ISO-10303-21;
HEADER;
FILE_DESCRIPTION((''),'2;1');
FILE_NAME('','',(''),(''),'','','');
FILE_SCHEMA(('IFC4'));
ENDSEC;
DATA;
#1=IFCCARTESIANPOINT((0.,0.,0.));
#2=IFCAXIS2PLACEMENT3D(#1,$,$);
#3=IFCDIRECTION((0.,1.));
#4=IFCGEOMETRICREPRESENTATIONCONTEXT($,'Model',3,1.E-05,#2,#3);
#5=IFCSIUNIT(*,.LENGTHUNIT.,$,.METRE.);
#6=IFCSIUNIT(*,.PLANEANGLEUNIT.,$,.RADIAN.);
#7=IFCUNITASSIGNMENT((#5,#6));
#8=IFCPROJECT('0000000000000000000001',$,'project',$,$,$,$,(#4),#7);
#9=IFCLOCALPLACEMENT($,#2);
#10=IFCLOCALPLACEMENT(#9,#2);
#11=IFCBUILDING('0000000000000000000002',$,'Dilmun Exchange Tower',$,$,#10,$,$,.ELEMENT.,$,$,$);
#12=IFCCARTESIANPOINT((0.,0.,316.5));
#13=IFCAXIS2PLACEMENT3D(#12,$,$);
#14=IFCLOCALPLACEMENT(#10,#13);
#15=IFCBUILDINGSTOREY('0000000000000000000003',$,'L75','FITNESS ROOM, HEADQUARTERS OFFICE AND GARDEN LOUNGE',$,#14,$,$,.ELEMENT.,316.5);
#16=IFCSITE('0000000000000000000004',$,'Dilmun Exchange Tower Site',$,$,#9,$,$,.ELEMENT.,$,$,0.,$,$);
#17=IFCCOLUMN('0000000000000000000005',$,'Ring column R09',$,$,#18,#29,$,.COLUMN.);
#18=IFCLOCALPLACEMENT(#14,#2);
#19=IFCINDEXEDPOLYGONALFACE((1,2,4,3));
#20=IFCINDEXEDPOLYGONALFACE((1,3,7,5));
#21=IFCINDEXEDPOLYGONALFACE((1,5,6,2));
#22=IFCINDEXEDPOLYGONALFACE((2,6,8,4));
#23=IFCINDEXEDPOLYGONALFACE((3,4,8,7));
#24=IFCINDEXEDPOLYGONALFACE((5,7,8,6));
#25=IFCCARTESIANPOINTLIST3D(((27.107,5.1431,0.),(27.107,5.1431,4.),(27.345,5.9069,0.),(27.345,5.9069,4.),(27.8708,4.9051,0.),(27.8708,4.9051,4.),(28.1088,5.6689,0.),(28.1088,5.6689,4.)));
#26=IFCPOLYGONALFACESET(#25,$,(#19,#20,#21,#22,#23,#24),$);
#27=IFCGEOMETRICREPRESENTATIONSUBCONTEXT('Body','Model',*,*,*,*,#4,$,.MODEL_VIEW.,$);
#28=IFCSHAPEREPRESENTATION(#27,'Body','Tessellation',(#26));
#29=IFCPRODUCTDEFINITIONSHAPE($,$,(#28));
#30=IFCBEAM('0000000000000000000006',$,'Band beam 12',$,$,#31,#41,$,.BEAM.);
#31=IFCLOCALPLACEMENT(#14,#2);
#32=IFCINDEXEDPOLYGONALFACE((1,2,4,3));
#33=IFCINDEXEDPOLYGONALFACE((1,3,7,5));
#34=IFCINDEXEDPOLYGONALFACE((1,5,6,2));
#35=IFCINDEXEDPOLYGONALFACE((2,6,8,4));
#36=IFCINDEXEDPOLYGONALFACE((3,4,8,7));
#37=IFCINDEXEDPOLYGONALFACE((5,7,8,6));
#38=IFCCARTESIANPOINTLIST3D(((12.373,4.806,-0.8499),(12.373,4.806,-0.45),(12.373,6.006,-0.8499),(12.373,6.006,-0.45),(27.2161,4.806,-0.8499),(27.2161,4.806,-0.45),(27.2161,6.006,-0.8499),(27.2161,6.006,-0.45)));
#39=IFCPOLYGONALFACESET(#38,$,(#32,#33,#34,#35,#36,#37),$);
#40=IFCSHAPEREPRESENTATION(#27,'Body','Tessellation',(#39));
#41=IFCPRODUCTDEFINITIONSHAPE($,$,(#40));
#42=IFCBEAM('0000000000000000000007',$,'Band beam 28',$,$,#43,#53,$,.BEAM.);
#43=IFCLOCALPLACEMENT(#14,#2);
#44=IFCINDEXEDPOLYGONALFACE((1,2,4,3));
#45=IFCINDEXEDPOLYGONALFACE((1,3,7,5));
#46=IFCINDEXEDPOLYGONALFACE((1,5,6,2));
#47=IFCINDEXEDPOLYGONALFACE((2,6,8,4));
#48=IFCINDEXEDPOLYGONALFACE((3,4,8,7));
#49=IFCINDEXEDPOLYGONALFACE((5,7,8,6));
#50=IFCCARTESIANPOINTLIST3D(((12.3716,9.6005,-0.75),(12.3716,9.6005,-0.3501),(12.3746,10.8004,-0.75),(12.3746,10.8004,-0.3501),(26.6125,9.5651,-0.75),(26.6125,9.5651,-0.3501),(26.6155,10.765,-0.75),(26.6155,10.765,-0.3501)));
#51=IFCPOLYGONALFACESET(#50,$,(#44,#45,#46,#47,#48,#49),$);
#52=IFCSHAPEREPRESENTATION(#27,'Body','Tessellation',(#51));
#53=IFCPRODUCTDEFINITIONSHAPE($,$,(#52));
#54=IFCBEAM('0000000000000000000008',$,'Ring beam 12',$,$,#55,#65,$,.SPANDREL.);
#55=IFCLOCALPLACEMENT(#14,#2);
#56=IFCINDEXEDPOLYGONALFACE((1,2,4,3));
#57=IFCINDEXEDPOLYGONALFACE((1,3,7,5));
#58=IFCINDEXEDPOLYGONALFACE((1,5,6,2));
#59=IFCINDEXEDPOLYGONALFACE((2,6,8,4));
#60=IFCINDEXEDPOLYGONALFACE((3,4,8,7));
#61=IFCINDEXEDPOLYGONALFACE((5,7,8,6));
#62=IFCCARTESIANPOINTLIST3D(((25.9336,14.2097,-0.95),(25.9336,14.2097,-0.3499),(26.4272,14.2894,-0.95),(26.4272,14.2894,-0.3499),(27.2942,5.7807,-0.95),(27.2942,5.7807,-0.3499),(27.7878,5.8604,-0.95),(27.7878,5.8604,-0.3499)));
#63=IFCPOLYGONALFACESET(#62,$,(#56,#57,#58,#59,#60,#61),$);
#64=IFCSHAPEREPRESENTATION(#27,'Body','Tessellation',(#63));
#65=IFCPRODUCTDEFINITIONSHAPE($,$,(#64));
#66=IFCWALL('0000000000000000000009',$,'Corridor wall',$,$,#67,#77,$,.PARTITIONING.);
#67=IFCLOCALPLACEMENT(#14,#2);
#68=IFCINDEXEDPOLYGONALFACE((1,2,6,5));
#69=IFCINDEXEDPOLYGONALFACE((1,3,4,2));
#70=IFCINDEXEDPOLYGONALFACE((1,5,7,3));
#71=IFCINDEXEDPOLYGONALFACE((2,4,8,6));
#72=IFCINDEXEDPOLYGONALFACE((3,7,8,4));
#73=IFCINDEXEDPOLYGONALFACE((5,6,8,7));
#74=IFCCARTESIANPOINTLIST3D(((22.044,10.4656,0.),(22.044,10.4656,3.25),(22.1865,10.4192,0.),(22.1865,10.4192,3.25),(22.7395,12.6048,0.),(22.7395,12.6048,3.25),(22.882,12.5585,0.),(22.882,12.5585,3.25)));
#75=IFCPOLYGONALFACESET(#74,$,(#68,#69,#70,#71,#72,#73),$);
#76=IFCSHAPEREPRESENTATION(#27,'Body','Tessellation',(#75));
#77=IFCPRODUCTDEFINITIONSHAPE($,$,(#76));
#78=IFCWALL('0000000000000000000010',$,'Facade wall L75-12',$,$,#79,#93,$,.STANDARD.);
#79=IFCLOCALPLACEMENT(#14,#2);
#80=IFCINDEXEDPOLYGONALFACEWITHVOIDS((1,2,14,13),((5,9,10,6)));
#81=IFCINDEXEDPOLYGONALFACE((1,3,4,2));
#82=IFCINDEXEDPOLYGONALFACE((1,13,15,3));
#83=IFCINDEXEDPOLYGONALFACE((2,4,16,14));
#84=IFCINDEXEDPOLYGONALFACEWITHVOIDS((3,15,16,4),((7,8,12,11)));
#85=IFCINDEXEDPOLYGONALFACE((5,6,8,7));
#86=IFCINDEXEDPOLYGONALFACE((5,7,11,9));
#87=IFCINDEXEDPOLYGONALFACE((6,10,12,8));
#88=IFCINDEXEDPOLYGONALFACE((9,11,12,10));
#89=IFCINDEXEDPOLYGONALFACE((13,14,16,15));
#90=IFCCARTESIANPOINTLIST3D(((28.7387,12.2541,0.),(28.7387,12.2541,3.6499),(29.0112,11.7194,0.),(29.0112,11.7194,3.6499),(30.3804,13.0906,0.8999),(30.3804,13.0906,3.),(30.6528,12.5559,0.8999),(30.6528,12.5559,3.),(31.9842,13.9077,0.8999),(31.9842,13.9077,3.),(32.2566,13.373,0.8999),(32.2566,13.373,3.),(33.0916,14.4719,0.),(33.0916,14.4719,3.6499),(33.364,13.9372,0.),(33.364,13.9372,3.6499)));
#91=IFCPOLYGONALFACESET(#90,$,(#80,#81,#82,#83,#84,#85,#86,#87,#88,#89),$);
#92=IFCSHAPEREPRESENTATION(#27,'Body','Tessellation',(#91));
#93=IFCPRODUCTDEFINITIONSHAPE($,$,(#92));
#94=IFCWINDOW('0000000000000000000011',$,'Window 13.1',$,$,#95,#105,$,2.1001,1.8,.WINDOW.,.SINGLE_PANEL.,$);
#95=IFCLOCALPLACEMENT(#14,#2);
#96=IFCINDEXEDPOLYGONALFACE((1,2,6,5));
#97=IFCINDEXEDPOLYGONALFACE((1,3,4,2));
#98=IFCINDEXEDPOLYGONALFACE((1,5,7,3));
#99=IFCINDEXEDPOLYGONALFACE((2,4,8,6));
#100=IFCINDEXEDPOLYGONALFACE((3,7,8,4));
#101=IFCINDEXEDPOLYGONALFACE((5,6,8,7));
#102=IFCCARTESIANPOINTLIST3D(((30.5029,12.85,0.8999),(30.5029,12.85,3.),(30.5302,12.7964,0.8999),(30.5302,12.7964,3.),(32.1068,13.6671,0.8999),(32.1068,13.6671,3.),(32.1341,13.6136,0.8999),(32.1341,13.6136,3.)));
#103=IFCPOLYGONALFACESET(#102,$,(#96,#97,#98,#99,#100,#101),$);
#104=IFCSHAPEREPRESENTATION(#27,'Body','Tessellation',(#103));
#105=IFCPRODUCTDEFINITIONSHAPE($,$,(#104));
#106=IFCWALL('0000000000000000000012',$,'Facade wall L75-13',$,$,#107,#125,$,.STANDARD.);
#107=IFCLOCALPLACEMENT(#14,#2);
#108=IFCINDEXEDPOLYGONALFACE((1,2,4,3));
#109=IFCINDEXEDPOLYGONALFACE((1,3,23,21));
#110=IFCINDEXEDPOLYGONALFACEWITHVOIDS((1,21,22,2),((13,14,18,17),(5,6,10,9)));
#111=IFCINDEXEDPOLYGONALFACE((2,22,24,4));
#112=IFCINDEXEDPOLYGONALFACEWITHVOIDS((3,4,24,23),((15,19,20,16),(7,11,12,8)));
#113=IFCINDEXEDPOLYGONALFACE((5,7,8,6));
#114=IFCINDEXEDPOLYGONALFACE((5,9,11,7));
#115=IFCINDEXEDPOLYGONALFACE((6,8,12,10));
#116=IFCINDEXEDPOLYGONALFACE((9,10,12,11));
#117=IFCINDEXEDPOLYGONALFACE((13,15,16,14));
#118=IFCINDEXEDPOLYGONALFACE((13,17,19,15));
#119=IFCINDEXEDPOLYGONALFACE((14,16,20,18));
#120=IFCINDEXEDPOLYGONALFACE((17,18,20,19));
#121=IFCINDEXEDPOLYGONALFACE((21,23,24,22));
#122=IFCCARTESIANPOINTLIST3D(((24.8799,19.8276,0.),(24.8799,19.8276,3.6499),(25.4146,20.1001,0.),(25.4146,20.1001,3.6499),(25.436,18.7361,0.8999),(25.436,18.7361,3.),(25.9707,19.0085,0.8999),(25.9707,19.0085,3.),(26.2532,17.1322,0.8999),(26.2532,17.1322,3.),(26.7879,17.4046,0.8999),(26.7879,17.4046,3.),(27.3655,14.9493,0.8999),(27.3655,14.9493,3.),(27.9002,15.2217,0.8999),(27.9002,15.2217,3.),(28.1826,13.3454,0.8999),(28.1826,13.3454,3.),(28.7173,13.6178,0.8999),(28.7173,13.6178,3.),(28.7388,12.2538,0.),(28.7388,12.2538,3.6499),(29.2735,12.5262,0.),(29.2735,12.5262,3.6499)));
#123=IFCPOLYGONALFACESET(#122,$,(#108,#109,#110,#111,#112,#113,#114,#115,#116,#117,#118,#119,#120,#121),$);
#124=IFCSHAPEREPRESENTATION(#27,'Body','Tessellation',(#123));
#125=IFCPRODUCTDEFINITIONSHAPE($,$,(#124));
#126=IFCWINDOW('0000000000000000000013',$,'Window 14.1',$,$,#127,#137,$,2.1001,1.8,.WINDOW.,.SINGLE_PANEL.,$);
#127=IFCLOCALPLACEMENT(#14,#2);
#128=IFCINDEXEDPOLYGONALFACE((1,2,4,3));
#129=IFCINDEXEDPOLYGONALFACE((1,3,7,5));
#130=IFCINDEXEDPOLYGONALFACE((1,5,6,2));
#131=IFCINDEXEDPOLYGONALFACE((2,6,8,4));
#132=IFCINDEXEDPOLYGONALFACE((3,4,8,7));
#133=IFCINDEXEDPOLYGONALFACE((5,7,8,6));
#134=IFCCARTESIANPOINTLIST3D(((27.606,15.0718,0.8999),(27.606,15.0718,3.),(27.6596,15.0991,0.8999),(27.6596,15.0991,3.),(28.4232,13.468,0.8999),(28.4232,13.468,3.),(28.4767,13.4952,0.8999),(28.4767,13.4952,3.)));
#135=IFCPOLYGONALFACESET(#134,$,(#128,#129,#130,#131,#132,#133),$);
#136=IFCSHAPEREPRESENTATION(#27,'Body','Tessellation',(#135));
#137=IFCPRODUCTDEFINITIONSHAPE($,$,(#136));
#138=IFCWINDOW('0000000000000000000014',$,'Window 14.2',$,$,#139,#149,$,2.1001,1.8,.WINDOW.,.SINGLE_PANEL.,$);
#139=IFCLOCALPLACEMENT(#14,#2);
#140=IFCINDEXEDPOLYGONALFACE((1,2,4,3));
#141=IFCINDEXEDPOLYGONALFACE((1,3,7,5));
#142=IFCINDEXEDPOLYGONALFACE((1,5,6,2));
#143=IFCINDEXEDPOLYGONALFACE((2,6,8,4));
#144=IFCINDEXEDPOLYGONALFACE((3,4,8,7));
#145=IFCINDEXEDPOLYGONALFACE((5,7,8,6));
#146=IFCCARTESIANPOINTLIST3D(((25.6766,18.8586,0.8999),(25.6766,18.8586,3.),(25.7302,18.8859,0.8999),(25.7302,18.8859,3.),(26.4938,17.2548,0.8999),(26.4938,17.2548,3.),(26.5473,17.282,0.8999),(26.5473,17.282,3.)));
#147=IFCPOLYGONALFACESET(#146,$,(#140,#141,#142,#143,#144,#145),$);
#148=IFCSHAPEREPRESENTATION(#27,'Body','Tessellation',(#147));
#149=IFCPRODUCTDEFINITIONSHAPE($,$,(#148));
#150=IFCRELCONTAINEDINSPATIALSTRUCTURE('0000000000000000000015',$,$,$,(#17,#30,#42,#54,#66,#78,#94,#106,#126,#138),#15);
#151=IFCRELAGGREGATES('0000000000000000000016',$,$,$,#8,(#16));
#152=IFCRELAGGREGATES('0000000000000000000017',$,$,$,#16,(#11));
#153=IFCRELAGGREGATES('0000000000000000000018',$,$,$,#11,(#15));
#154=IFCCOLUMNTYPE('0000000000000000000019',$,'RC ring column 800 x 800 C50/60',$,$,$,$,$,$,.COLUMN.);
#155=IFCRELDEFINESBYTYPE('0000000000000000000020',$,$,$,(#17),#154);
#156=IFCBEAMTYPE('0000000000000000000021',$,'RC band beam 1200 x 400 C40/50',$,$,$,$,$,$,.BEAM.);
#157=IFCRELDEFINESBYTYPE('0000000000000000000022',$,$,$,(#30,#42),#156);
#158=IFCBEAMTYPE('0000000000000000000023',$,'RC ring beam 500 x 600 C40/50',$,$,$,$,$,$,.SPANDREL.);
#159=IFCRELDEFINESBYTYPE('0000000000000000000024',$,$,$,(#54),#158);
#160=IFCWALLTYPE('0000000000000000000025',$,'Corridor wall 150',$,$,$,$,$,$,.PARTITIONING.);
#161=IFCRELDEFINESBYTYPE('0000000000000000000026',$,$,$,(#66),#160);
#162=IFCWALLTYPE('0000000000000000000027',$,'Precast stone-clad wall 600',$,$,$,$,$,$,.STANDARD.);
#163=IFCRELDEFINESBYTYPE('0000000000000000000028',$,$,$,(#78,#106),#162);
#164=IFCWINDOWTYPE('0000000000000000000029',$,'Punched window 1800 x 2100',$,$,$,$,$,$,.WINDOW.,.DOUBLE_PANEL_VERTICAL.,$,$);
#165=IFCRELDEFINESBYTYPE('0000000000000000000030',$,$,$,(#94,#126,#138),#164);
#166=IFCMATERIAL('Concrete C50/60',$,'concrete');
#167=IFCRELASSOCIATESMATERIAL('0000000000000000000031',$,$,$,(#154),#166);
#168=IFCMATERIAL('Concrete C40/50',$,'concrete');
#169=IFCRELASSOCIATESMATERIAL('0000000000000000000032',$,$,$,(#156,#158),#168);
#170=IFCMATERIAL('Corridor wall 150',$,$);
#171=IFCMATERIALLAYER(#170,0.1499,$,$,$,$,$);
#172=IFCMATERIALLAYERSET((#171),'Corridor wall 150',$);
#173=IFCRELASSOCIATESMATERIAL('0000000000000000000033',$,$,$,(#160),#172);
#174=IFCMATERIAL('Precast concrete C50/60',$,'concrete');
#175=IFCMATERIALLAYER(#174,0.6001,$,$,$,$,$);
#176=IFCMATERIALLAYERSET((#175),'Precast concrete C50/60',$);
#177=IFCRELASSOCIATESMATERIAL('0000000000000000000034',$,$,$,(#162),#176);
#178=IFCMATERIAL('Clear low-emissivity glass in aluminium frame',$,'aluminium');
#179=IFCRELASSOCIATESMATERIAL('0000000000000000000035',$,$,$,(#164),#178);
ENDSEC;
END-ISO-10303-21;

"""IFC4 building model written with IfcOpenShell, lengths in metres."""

from ifc_helpers import new_model, si_unit, direction, frame, frame_2d, origin, origin_2d, place, context, subcontext, project, spatial, rectangle, extrude, material, layer, layer_set, material_profile, profile_set, type_object, element, fill, save


model = new_model("IFC4")

# Units and contexts
model_context = context("Model", 3, precision=1e-05, world=origin(), true_north=direction((0.0, 1.0)))
body_context = subcontext(model_context, "Body", "Model", "MODEL_VIEW")
ifc_project = project(units=[si_unit("LENGTHUNIT", "METRE"), si_unit("PLANEANGLEUNIT", "RADIAN")], contexts=[model_context])

# Site, building, storey
site_placement = place(None, origin())
site = spatial("IfcSite", under=ifc_project, at=site_placement, Name="Dilmun Exchange Tower Site", CompositionType="ELEMENT", RefElevation=0.0)
building_placement = place(site_placement, origin())
building = spatial("IfcBuilding", under=site, at=building_placement, Name="Dilmun Exchange Tower", CompositionType="ELEMENT")
storey_placement = place(building_placement, frame((0.0, 0.0, 316.5)))
storey = spatial("IfcBuildingStorey", under=building, at=storey_placement, Name="L75", Description="FITNESS ROOM, HEADQUARTERS OFFICE AND GARDEN LOUNGE", CompositionType="ELEMENT", Elevation=316.5)

# Column
ifc_material_1 = material(Name="Concrete C50/60", Category="concrete")
ifc_material_profile_1 = material_profile(ifc_material_1, rectangle(XDim=0.8, YDim=0.8, at=origin_2d()), Name="800 x 800")
ifc_profile_set_1 = profile_set([ifc_material_profile_1], Name="Concrete C50/60")
column_type = type_object("IfcColumnType", Name="RC ring column 800 x 800 C50/60", PredefinedType="COLUMN", material=ifc_profile_set_1)
column_placement = place(storey_placement, frame((27.6079, 5.406, 0.0), z_axis=(0.0, 0.0, 1.0), x_axis=(0.297503, 0.954721, 0.0)))
element("IfcColumn", 1, at=column_placement, inside=storey, type_object=column_type, Name="Ring column R09", PredefinedType="COLUMN", context=body_context, shape_type="SweptSolid", body=[
    extrude(rectangle(XDim=0.8, YDim=0.8, at=origin_2d()), origin(), (0.0, 0.0, 1.0), 4.0),
])

# Beams
ifc_material_2 = material(Name="Concrete C40/50", Category="concrete")
ifc_material_profile_2 = material_profile(ifc_material_2, rectangle(XDim=1.2, YDim=0.3999, at=origin_2d()), Name="1200 x 400")
ifc_profile_set_2 = profile_set([ifc_material_profile_2], Name="Concrete C40/50")
beam_type_1 = type_object("IfcBeamType", Name="RC band beam 1200 x 400 C40/50", PredefinedType="BEAM", material=ifc_profile_set_2)
beam_1_placement = place(storey_placement, frame((27.2161, 5.406, -0.6499), z_axis=(-1.0, 0.0, 0.0), x_axis=(0.0, -1.0, 0.0)))
element("IfcBeam", 2, at=beam_1_placement, inside=storey, type_object=beam_type_1, Name="Band beam 12", PredefinedType="BEAM", context=body_context, shape_type="SweptSolid", body=[
    extrude(rectangle(XDim=1.2, YDim=0.3999, at=origin_2d()), origin(), (0.0, 0.0, 1.0), 14.843),
])
beam_2_placement = place(storey_placement, frame((26.614, 10.165, -0.55), z_axis=(-0.999997, 0.002486, 0.0), x_axis=(-0.002486, -0.999997, 0.0)))
element("IfcBeam", 3, at=beam_2_placement, inside=storey, type_object=beam_type_1, Name="Band beam 28", PredefinedType="BEAM", context=body_context, shape_type="SweptSolid", body=[
    extrude(rectangle(XDim=1.2, YDim=0.3999, at=origin_2d()), origin(), (0.0, 0.0, 1.0), 14.241),
])
ifc_material_profile_3 = material_profile(ifc_material_2, rectangle(XDim=0.5, YDim=0.6001, at=origin_2d()), Name="500 x 600")
ifc_profile_set_3 = profile_set([ifc_material_profile_3], Name="Concrete C40/50")
beam_type_2 = type_object("IfcBeamType", Name="RC ring beam 500 x 600 C40/50", PredefinedType="SPANDREL", material=ifc_profile_set_3)
beam_3_placement = place(storey_placement, frame((27.541, 5.8206, -0.6499), z_axis=(-0.159357, 0.987221, 0.0), x_axis=(-0.987221, -0.159357, 0.0)))
element("IfcBeam", 4, at=beam_3_placement, inside=storey, type_object=beam_type_2, Name="Ring beam 12", PredefinedType="SPANDREL", context=body_context, shape_type="SweptSolid", body=[
    extrude(rectangle(XDim=0.5, YDim=0.6001, at=origin_2d()), origin(), (0.0, 0.0, 1.0), 8.5381),
])

# Wall
ifc_material_3 = material(Name="Corridor wall 150")
ifc_layer_1 = layer(ifc_material_3, 0.1499)
ifc_layer_set_1 = layer_set([ifc_layer_1], Name="Corridor wall 150")
wall_type_1 = type_object("IfcWallType", Name="Corridor wall 150", PredefinedType="PARTITIONING", material=ifc_layer_set_1)
wall_1_placement = place(storey_placement, frame((22.1152, 10.4424, 0.0), z_axis=(0.0, 0.0, 1.0), x_axis=(0.309187, 0.951001, 0.0)))
element("IfcWall", 5, at=wall_1_placement, inside=storey, type_object=wall_type_1, Name="Corridor wall", PredefinedType="PARTITIONING", context=body_context, shape_type="SweptSolid", body=[
    extrude(rectangle(XDim=2.2495, YDim=0.1499, at=frame_2d((1.1248, 0.0))), origin(), (0.0, 0.0, 1.0), 3.25),
])

# Wall, opening, window
ifc_material_4 = material(Name="Precast concrete C50/60", Category="concrete")
ifc_layer_2 = layer(ifc_material_4, 0.6001)
ifc_layer_set_2 = layer_set([ifc_layer_2], Name="Precast concrete C50/60")
wall_type_2 = type_object("IfcWallType", Name="Precast stone-clad wall 600", PredefinedType="STANDARD", material=ifc_layer_set_2)
wall_2_placement = place(storey_placement, frame((33.2278, 14.2046, 0.0), z_axis=(0.0, 0.0, 1.0), x_axis=(-0.891013, -0.453977, 0.0)))
wall_2 = element("IfcWall", 6, at=wall_2_placement, inside=storey, type_object=wall_type_2, Name="Facade wall L75-12", PredefinedType="STANDARD", context=body_context, shape_type="SweptSolid", body=[
    extrude(rectangle(XDim=4.8853, YDim=0.6001, at=frame_2d((2.4426, 0.0))), origin(), (0.0, 0.0, 1.0), 3.6499),
])
opening_1_placement = place(wall_2_placement, frame((1.2429, 0.0, 0.8999)))
opening_1 = element("IfcOpeningElement", 7, at=opening_1_placement, cuts=wall_2, PredefinedType="OPENING", context=body_context, shape_type="SweptSolid", body=[
    extrude(rectangle(XDim=1.8, YDim=2.1001, at=frame_2d((0.8999, 1.05))), frame((0.0, 0.3101, 0.0), z_axis=(0.0, -1.0, 0.0), x_axis=(1.0, 0.0, 0.0)), (0.0, 0.0, 1.0), 0.6201),
])
ifc_material_5 = material(Name="Clear low-emissivity glass in aluminium frame", Category="aluminium")
window_type = type_object("IfcWindowType", Name="Punched window 1800 x 2100", PartitioningType="DOUBLE_PANEL_VERTICAL", PredefinedType="WINDOW", material=ifc_material_5)
window_1_placement = place(opening_1_placement, origin())
window_1 = element("IfcWindow", 8, at=window_1_placement, inside=storey, type_object=window_type, Name="Window 13.1", OverallHeight=2.1001, OverallWidth=1.8, PartitioningType="SINGLE_PANEL", PredefinedType="WINDOW", context=body_context, shape_type="SweptSolid", body=[
    extrude(rectangle(XDim=1.8, YDim=2.1001, at=frame_2d((0.8999, 1.05))), frame((0.0, 0.03, 0.0), z_axis=(0.0, -1.0, 0.0), x_axis=(1.0, 0.0, 0.0)), (0.0, 0.0, 1.0), 0.0601),
])
fill(opening_1, window_1)

# Wall, openings, windows
wall_3_placement = place(storey_placement, frame((29.0061, 12.3901, 0.0), z_axis=(0.0, 0.0, 1.0), x_axis=(-0.453979, 0.891012, 0.0)))
wall_3 = element("IfcWall", 9, at=wall_3_placement, inside=storey, type_object=wall_type_2, Name="Facade wall L75-13", PredefinedType="STANDARD", context=body_context, shape_type="SweptSolid", body=[
    extrude(rectangle(XDim=8.5002, YDim=0.6001, at=frame_2d((4.25, 0.0))), origin(), (0.0, 0.0, 1.0), 3.6499),
])
opening_2_placement = place(wall_3_placement, frame((1.2251, 0.0, 0.8999)))
opening_2 = element("IfcOpeningElement", 10, at=opening_2_placement, cuts=wall_3, PredefinedType="OPENING", context=body_context, shape_type="SweptSolid", body=[
    extrude(rectangle(XDim=1.8, YDim=2.1001, at=frame_2d((0.8999, 1.05))), frame((0.0, 0.3101, 0.0), z_axis=(0.0, -1.0, 0.0), x_axis=(1.0, 0.0, 0.0)), (0.0, 0.0, 1.0), 0.6201),
])
opening_3_placement = place(wall_3_placement, frame((5.4751, 0.0, 0.8999)))
opening_3 = element("IfcOpeningElement", 11, at=opening_3_placement, cuts=wall_3, PredefinedType="OPENING", context=body_context, shape_type="SweptSolid", body=[
    extrude(rectangle(XDim=1.8, YDim=2.1001, at=frame_2d((0.8999, 1.05))), frame((0.0, 0.3101, 0.0), z_axis=(0.0, -1.0, 0.0), x_axis=(1.0, 0.0, 0.0)), (0.0, 0.0, 1.0), 0.6201),
])
window_2_placement = place(opening_2_placement, origin())
window_2 = element("IfcWindow", 12, at=window_2_placement, inside=storey, type_object=window_type, Name="Window 14.1", OverallHeight=2.1001, OverallWidth=1.8, PartitioningType="SINGLE_PANEL", PredefinedType="WINDOW", context=body_context, shape_type="SweptSolid", body=[
    extrude(rectangle(XDim=1.8, YDim=2.1001, at=frame_2d((0.8999, 1.05))), frame((0.0, 0.03, 0.0), z_axis=(0.0, -1.0, 0.0), x_axis=(1.0, 0.0, 0.0)), (0.0, 0.0, 1.0), 0.0601),
])
fill(opening_2, window_2)
window_3_placement = place(opening_3_placement, origin())
window_3 = element("IfcWindow", 13, at=window_3_placement, inside=storey, type_object=window_type, Name="Window 14.2", OverallHeight=2.1001, OverallWidth=1.8, PartitioningType="SINGLE_PANEL", PredefinedType="WINDOW", context=body_context, shape_type="SweptSolid", body=[
    extrude(rectangle(XDim=1.8, YDim=2.1001, at=frame_2d((0.8999, 1.05))), frame((0.0, 0.03, 0.0), z_axis=(0.0, -1.0, 0.0), x_axis=(1.0, 0.0, 0.0)), (0.0, 0.0, 1.0), 0.0601),
])
fill(opening_3, window_3)

save(model, "model.ifc")
